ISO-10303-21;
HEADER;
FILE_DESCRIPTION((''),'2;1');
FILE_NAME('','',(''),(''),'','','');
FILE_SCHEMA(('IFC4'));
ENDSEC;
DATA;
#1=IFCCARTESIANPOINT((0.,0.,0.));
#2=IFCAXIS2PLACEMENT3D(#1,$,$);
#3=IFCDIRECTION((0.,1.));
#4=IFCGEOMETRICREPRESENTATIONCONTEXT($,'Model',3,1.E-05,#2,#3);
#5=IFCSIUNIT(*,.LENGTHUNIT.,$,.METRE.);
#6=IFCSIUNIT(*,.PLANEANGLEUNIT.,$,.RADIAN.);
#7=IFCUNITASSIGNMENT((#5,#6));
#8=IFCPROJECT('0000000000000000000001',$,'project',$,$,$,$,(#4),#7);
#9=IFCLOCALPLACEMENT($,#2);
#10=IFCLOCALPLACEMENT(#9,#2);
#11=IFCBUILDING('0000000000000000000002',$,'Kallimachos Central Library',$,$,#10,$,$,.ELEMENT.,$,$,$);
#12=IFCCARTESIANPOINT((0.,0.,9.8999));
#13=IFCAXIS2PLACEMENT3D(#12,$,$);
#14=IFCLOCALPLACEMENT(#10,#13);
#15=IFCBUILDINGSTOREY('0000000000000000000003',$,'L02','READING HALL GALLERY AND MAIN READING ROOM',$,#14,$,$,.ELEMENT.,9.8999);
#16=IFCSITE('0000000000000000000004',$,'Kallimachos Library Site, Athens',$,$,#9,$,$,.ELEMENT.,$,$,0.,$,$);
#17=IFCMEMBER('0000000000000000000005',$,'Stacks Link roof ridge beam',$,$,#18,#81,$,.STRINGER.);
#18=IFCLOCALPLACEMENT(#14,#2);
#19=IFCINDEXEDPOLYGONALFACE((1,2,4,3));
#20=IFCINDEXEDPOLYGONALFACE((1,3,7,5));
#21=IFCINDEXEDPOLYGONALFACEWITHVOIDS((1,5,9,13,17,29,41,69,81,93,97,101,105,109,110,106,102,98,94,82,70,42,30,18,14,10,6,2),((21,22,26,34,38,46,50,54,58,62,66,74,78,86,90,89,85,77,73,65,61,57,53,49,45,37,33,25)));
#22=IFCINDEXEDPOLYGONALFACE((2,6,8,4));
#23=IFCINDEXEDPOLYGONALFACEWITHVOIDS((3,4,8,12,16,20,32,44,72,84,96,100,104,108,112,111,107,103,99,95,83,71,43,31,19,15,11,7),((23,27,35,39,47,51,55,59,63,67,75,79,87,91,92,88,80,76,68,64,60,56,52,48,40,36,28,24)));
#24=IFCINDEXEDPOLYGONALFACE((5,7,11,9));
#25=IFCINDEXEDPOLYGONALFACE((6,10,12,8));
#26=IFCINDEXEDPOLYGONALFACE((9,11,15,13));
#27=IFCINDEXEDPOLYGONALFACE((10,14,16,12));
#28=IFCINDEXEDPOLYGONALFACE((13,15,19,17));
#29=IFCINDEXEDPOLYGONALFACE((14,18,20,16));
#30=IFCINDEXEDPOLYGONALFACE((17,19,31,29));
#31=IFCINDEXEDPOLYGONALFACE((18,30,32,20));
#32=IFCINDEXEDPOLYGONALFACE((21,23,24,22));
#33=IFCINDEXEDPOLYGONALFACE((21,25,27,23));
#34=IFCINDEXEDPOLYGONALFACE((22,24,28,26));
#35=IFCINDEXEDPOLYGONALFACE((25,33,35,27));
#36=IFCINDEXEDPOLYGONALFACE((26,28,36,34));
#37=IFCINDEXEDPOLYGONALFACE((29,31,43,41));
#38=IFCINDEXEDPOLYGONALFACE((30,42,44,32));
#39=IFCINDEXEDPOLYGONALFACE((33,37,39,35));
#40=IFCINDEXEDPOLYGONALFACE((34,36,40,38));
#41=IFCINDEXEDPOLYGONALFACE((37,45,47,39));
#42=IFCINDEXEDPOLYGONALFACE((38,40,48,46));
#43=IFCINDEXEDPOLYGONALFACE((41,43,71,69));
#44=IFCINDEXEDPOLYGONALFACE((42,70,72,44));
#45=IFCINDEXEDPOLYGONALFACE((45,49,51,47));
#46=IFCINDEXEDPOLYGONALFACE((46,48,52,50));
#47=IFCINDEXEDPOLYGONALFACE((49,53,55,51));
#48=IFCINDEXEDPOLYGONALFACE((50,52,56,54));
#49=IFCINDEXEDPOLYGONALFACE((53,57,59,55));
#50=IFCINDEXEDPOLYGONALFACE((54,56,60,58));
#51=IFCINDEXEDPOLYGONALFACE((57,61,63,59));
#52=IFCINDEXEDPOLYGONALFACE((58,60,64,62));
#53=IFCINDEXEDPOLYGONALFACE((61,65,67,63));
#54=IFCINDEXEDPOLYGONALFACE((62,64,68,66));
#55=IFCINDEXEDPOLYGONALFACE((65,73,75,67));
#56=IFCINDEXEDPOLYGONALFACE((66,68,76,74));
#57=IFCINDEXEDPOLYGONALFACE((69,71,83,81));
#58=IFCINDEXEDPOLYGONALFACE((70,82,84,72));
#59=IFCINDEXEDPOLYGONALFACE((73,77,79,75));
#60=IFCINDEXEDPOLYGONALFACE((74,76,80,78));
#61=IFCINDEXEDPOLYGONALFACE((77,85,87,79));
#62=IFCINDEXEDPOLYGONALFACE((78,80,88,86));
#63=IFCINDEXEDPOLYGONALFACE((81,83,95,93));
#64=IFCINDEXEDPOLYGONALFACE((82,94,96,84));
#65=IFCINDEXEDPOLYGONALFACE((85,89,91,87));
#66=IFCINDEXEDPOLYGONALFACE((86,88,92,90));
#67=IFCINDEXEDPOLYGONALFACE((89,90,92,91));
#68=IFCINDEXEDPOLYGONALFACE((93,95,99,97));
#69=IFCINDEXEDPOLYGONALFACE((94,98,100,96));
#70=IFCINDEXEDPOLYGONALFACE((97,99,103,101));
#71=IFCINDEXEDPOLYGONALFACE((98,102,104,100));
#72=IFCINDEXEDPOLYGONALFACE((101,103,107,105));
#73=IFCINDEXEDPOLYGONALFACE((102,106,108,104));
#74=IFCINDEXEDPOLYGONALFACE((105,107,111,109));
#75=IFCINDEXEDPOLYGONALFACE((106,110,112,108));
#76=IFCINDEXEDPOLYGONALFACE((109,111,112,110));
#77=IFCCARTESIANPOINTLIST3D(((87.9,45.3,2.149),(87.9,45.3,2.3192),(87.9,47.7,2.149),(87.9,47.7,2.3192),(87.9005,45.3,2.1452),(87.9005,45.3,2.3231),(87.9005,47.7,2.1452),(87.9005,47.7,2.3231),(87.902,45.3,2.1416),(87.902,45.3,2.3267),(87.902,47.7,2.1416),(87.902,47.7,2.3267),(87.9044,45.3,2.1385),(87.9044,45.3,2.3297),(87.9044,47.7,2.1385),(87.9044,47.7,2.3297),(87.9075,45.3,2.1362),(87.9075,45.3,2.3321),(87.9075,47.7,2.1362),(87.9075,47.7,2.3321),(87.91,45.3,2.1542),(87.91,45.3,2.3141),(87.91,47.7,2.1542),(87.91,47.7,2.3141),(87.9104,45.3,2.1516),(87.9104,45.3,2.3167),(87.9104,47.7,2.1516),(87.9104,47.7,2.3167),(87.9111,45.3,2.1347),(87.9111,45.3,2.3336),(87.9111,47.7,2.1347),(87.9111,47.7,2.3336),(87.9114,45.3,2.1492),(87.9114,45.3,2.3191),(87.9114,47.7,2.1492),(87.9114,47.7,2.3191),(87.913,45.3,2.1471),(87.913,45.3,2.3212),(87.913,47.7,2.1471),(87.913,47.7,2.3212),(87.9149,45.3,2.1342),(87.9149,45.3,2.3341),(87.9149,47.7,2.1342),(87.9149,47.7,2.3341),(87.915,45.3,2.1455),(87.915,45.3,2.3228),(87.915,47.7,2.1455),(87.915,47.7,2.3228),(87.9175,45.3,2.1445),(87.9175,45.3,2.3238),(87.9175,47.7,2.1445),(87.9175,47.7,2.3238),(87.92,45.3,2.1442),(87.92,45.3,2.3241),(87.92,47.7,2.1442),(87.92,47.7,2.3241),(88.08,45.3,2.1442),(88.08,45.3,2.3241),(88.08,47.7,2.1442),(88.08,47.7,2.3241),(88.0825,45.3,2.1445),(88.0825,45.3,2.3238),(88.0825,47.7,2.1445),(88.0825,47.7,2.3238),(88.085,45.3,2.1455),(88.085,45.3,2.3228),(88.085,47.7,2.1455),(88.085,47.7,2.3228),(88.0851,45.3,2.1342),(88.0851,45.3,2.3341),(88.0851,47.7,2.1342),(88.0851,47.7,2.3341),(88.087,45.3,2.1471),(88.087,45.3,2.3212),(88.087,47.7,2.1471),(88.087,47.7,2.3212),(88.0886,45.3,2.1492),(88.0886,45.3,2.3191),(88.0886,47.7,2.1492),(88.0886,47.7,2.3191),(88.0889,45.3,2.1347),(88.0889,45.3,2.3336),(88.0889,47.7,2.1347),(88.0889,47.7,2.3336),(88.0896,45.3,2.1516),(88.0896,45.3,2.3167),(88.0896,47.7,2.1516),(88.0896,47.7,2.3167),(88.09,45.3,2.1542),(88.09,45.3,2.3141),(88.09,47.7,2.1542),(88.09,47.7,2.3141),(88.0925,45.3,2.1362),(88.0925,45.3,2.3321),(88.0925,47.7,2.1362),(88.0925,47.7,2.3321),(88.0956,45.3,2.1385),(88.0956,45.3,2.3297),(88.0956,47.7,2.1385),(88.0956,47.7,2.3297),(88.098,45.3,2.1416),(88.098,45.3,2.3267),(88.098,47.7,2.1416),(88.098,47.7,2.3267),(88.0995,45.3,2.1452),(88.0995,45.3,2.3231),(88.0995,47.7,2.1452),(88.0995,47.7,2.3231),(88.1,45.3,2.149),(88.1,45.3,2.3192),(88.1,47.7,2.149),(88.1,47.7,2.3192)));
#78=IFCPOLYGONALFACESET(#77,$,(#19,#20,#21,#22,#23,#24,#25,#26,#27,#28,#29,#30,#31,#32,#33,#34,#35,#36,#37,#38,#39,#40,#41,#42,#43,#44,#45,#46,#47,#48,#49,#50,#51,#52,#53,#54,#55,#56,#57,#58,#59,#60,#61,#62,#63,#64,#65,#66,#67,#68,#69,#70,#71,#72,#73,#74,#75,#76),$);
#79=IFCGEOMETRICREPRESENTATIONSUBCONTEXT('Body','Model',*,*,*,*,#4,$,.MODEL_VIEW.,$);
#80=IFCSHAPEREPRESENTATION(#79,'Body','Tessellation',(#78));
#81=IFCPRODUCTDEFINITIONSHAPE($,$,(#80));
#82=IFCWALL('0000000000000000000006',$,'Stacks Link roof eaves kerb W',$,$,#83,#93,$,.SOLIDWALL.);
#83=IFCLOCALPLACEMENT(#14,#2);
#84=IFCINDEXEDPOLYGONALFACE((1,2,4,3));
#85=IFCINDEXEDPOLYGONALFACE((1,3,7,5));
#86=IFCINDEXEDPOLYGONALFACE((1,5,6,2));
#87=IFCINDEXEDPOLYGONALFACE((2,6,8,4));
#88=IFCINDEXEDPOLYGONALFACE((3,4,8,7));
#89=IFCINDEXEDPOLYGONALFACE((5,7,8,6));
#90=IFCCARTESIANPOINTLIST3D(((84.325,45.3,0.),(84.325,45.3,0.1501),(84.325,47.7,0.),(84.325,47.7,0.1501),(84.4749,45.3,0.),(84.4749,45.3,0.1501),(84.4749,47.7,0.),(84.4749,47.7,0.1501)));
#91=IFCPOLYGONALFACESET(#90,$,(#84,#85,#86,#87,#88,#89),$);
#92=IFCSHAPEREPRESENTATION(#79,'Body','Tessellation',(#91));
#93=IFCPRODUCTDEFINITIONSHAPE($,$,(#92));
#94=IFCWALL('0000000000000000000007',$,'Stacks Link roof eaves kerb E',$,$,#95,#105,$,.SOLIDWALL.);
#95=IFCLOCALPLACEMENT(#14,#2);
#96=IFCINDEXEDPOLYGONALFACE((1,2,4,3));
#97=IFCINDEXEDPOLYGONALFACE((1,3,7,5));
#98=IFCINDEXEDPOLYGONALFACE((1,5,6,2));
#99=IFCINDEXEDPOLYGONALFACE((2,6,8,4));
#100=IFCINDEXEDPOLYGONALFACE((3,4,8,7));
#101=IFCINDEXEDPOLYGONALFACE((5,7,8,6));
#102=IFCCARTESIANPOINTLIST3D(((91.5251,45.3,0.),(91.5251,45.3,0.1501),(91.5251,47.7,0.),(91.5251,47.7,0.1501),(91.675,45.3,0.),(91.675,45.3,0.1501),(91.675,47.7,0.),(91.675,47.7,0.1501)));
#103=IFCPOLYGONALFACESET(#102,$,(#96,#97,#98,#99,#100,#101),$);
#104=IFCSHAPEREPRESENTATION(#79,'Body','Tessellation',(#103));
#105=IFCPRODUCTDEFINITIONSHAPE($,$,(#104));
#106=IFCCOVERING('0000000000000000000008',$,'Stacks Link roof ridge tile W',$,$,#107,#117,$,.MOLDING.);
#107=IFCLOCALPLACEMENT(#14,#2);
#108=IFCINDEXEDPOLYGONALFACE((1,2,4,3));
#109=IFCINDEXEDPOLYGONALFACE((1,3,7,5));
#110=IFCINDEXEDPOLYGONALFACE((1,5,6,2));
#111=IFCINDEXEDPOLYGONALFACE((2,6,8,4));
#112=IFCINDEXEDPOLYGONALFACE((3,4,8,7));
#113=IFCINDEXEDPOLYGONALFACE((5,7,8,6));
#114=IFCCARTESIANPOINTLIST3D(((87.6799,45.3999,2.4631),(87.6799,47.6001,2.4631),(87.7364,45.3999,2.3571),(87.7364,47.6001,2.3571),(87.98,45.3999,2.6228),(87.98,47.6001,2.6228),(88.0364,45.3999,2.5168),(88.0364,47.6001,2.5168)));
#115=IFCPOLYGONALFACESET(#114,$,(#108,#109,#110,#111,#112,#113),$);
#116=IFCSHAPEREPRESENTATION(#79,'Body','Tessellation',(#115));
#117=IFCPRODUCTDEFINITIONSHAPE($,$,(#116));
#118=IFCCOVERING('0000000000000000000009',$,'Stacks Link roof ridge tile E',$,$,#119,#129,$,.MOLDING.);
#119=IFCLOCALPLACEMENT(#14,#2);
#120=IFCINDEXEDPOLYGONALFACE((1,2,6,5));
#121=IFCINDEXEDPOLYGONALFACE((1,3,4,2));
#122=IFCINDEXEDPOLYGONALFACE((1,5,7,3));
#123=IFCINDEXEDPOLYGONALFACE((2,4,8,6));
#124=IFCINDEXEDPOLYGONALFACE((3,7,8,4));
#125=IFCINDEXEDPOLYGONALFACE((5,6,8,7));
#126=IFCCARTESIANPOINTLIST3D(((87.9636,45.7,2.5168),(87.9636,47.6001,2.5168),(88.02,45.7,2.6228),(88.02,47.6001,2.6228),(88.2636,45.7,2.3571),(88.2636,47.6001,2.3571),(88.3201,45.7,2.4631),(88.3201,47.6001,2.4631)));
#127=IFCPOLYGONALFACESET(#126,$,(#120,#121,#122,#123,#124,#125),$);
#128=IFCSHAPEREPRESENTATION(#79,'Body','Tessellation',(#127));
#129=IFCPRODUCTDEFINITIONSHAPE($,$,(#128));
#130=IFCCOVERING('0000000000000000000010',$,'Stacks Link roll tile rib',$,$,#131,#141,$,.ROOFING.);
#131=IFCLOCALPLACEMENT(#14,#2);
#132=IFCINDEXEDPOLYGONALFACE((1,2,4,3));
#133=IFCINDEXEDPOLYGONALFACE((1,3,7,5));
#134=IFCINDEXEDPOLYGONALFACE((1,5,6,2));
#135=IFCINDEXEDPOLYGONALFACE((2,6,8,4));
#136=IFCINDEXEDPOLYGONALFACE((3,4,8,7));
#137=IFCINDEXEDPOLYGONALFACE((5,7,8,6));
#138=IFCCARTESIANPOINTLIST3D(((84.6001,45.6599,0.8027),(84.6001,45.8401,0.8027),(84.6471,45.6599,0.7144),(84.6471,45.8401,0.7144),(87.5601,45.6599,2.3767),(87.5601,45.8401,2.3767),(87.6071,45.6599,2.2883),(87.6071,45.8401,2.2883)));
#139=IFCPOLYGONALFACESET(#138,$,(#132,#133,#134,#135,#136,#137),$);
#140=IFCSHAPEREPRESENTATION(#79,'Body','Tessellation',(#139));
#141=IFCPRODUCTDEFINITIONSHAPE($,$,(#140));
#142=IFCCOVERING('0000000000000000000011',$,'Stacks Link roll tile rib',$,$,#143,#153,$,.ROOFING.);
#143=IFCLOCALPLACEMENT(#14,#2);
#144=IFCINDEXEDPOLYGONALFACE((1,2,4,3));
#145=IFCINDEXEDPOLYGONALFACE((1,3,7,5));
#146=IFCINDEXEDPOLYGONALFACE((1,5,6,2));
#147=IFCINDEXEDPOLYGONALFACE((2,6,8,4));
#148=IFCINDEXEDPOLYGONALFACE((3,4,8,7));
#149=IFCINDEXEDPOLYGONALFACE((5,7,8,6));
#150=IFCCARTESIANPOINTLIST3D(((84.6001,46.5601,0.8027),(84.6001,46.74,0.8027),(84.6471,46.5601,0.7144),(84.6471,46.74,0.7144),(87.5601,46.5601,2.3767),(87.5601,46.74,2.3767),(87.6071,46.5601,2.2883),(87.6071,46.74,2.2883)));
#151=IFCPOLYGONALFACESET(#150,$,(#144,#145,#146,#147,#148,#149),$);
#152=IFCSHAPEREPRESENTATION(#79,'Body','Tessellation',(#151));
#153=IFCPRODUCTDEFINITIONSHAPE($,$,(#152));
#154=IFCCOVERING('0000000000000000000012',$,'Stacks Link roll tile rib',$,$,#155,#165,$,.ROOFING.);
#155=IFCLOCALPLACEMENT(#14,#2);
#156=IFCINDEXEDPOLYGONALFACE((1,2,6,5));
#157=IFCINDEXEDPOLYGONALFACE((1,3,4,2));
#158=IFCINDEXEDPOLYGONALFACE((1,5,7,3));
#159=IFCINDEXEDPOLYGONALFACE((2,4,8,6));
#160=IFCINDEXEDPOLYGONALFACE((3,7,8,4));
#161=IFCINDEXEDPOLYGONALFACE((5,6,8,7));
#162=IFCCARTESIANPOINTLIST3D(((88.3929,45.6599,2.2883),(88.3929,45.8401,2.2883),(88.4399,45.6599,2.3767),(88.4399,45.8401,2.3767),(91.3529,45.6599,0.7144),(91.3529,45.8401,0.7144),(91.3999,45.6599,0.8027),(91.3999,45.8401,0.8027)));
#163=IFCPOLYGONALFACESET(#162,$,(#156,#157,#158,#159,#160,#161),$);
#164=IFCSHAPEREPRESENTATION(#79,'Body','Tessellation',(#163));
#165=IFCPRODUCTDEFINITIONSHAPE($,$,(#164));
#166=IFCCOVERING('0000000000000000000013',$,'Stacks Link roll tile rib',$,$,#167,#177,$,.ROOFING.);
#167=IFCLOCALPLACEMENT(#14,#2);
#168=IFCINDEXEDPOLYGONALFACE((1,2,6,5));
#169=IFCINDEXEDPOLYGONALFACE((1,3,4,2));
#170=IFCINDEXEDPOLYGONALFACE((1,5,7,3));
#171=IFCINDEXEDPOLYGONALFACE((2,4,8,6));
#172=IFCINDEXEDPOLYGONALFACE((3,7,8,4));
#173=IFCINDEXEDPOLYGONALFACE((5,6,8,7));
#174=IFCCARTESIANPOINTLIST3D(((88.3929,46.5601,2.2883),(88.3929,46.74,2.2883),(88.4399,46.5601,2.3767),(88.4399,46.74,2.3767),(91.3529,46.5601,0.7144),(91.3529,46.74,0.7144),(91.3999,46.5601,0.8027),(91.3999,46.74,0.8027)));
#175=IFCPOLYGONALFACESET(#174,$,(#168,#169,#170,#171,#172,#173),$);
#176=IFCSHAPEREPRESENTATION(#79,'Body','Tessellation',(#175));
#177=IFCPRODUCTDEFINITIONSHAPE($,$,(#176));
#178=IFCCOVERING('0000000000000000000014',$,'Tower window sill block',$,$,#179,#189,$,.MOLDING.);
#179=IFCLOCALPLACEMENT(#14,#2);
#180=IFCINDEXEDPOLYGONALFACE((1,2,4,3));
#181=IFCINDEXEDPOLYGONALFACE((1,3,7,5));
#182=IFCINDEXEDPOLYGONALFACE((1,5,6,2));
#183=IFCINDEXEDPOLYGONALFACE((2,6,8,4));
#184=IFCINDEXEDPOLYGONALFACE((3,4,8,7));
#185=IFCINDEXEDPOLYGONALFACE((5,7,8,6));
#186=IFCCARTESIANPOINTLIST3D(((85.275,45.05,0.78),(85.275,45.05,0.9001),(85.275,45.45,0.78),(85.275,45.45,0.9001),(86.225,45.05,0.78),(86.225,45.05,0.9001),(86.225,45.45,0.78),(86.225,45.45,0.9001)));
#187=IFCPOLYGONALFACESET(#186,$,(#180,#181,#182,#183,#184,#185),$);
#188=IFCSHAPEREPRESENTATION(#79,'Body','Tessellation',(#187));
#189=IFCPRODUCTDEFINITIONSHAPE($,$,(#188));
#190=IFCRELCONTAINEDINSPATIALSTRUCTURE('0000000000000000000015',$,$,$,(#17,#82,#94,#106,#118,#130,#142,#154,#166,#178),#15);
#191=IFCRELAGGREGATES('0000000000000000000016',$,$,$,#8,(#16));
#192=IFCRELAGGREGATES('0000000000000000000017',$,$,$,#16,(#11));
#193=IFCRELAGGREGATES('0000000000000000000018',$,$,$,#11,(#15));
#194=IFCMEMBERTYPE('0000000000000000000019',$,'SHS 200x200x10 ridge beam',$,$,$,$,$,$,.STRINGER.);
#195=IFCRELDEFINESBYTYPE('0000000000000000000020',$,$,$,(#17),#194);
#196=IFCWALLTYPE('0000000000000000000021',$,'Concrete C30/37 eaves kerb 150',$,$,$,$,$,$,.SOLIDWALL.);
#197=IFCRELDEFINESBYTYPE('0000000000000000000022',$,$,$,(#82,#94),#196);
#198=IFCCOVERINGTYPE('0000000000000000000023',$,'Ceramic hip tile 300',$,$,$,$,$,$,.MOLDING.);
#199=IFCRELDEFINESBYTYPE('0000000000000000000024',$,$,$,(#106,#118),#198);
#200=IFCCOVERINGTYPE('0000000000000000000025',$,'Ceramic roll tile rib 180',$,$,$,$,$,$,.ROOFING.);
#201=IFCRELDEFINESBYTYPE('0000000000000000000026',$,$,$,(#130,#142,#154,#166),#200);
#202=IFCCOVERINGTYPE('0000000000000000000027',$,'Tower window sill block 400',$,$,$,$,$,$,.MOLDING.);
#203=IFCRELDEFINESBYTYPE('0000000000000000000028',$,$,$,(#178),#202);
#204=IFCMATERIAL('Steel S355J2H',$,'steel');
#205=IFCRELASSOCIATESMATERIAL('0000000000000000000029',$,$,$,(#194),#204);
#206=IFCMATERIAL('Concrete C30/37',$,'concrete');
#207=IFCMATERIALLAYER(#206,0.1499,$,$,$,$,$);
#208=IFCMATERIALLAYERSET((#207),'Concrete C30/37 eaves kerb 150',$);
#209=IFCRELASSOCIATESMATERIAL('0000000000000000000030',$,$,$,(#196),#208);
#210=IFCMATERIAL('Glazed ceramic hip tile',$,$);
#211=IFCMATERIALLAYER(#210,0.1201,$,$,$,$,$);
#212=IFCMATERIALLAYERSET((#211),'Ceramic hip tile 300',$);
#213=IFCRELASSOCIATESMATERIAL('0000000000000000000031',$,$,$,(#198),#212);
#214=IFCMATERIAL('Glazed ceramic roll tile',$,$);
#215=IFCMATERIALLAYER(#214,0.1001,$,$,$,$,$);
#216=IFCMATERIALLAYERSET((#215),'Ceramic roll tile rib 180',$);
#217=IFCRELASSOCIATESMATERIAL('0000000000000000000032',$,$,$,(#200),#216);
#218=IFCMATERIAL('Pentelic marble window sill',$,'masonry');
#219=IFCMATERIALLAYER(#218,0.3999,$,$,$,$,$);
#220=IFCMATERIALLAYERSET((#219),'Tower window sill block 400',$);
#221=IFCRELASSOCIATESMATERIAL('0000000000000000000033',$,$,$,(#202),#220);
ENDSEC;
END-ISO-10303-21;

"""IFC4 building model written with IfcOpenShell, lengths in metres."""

from ifc_helpers import new_model, si_unit, direction, frame, frame_2d, origin, origin_2d, place, context, subcontext, project, spatial, polyline, rectangle, hollow_rectangle, outline, extrude, material, layer, layer_set, material_profile, profile_set, type_object, element, save


model = new_model("IFC4")

# Units and contexts
model_context = context("Model", 3, precision=1e-05, world=origin(), true_north=direction((0.0, 1.0)))
body_context = subcontext(model_context, "Body", "Model", "MODEL_VIEW")
ifc_project = project(units=[si_unit("LENGTHUNIT", "METRE"), si_unit("PLANEANGLEUNIT", "RADIAN")], contexts=[model_context])

# Site, building, storey
site_placement = place(None, origin())
site = spatial("IfcSite", under=ifc_project, at=site_placement, Name="Kallimachos Library Site, Athens", CompositionType="ELEMENT", RefElevation=0.0)
building_placement = place(site_placement, origin())
building = spatial("IfcBuilding", under=site, at=building_placement, Name="Kallimachos Central Library", CompositionType="ELEMENT")
storey_placement = place(building_placement, frame((0.0, 0.0, 9.8999)))
storey = spatial("IfcBuildingStorey", under=building, at=storey_placement, Name="L02", Description="READING HALL GALLERY AND MAIN READING ROOM", CompositionType="ELEMENT", Elevation=9.8999)

# Member
ifc_material_1 = material(Name="Steel S355J2H", Category="steel")
ifc_material_profile_1 = material_profile(ifc_material_1, hollow_rectangle(XDim=0.2, YDim=0.2, WallThickness=0.01, InnerFilletRadius=0.01, OuterFilletRadius=0.0149, at=origin_2d()), Name="SHS 200x200x10")
ifc_profile_set_1 = profile_set([ifc_material_profile_1], Name="Steel S355J2H")
member_type_1 = type_object("IfcMemberType", Name="SHS 200x200x10 ridge beam", PredefinedType="STRINGER", material=ifc_profile_set_1)
member_placement = place(storey_placement, frame((88.0, 45.3, 2.2341), z_axis=(0.0, 1.0, 0.0), x_axis=(-1.0, 0.0, 0.0)))
element("IfcMember", 1, at=member_placement, inside=storey, type_object=member_type_1, Name="Stacks Link roof ridge beam", PredefinedType="STRINGER", context=body_context, shape_type="SweptSolid", body=[
    extrude(hollow_rectangle(XDim=0.2, YDim=0.2, WallThickness=0.01, InnerFilletRadius=0.01, OuterFilletRadius=0.0149, at=origin_2d()), origin(), (0.0, 0.0, 1.0), 2.3999),
])

# Walls
ifc_material_2 = material(Name="Concrete C30/37", Category="concrete")
ifc_layer_1 = layer(ifc_material_2, 0.1499)
ifc_layer_set_1 = layer_set([ifc_layer_1], Name="Concrete C30/37 eaves kerb 150")
wall_type = type_object("IfcWallType", Name="Concrete C30/37 eaves kerb 150", PredefinedType="SOLIDWALL", material=ifc_layer_set_1)
for number, where, z_axis, x_axis, name in (
    (2, (84.3999, 45.3, 0.0), (0.0, 0.0, 1.0), (0.0, 1.0, 0.0), "Stacks Link roof eaves kerb W"),
    (3, (91.6001, 45.3, 0.0), (0.0, 0.0, 1.0), (0.0, 1.0, 0.0), "Stacks Link roof eaves kerb E"),
):
    element("IfcWall", number, at=place(storey_placement, frame(where, z_axis=z_axis, x_axis=x_axis)), inside=storey, type_object=wall_type, Name=name, PredefinedType="SOLIDWALL", context=body_context, shape_type="SweptSolid", body=[
        extrude(rectangle(XDim=2.3999, YDim=0.1499, at=frame_2d((1.2, 0.0))), origin(), (0.0, 0.0, 1.0), 0.1501),
    ])

# Coverings
ifc_material_3 = material(Name="Glazed ceramic hip tile")
ifc_layer_2 = layer(ifc_material_3, 0.1201)
ifc_layer_set_2 = layer_set([ifc_layer_2], Name="Ceramic hip tile 300")
covering_type_1 = type_object("IfcCoveringType", Name="Ceramic hip tile 300", PredefinedType="MOLDING", material=ifc_layer_set_2)
covering_1_placement = place(storey_placement, frame((87.98, 45.3999, 2.6228), z_axis=(-0.469768, 0.0, 0.88279), x_axis=(-0.88279, 0.0, -0.469768)))
element("IfcCovering", 4, at=covering_1_placement, inside=storey, type_object=covering_type_1, Name="Stacks Link roof ridge tile W", PredefinedType="MOLDING", context=body_context, shape_type="SweptSolid", body=[
    extrude(outline(polyline([(0.0, 0.0), (0.3399, 0.0), (0.3399, -2.2002), (0.0, -2.2002), (0.0, 0.0)])), origin(), (0.0, 0.0, -1.0), 0.1201),
])
covering_2_placement = place(storey_placement, frame((88.02, 45.7, 2.6228), z_axis=(0.469768, 0.0, 0.88279), x_axis=(0.88279, 0.0, -0.469768)))
element("IfcCovering", 5, at=covering_2_placement, inside=storey, type_object=covering_type_1, Name="Stacks Link roof ridge tile E", PredefinedType="MOLDING", context=body_context, shape_type="SweptSolid", body=[
    extrude(outline(polyline([(0.0, 0.0), (0.3399, 0.0), (0.3399, 1.9001), (0.0, 1.9001), (0.0, 0.0)])), origin(), (0.0, 0.0, -1.0), 0.1201),
])
ifc_material_4 = material(Name="Glazed ceramic roll tile")
ifc_layer_3 = layer(ifc_material_4, 0.1001)
ifc_layer_set_3 = layer_set([ifc_layer_3], Name="Ceramic roll tile rib 180")
covering_type_2 = type_object("IfcCoveringType", Name="Ceramic roll tile rib 180", PredefinedType="ROOFING", material=ifc_layer_set_3)
covering_3_placement = place(storey_placement, frame((84.6001, 45.6599, 0.8027), z_axis=(-0.469503, 0.0, 0.882931), x_axis=(0.882931, 0.0, 0.469503)))
element("IfcCovering", 6, at=covering_3_placement, inside=storey, type_object=covering_type_2, Name="Stacks Link roll tile rib", PredefinedType="ROOFING", context=body_context, shape_type="SweptSolid", body=[
    extrude(outline(polyline([(0.0, 0.0), (3.3524, 0.0), (3.3524, 0.1802), (0.0, 0.1802), (0.0, 0.0)])), origin(), (0.0, 0.0, -1.0), 0.1001),
])
covering_4_placement = place(storey_placement, frame((84.6001, 46.5601, 0.8027), z_axis=(-0.469503, 0.0, 0.882931), x_axis=(0.882931, 0.0, 0.469503)))
element("IfcCovering", 7, at=covering_4_placement, inside=storey, type_object=covering_type_2, Name="Stacks Link roll tile rib", PredefinedType="ROOFING", context=body_context, shape_type="SweptSolid", body=[
    extrude(outline(polyline([(0.0, 0.0), (3.3524, 0.0), (3.3524, 0.1799), (0.0, 0.1799), (0.0, 0.0)])), origin(), (0.0, 0.0, -1.0), 0.1001),
])
covering_5_placement = place(storey_placement, frame((91.3999, 45.6599, 0.8027), z_axis=(0.469503, 0.0, 0.882931), x_axis=(-0.882931, 0.0, 0.469503)))
element("IfcCovering", 8, at=covering_5_placement, inside=storey, type_object=covering_type_2, Name="Stacks Link roll tile rib", PredefinedType="ROOFING", context=body_context, shape_type="SweptSolid", body=[
    extrude(outline(polyline([(0.0, 0.0), (3.3524, 0.0), (3.3524, -0.1802), (0.0, -0.1802), (0.0, 0.0)])), origin(), (0.0, 0.0, -1.0), 0.1001),
])
covering_6_placement = place(storey_placement, frame((91.3999, 46.5601, 0.8027), z_axis=(0.469503, 0.0, 0.882931), x_axis=(-0.882931, 0.0, 0.469503)))
element("IfcCovering", 9, at=covering_6_placement, inside=storey, type_object=covering_type_2, Name="Stacks Link roll tile rib", PredefinedType="ROOFING", context=body_context, shape_type="SweptSolid", body=[
    extrude(outline(polyline([(0.0, 0.0), (3.3524, 0.0), (3.3524, -0.1799), (0.0, -0.1799), (0.0, 0.0)])), origin(), (0.0, 0.0, -1.0), 0.1001),
])
ifc_material_5 = material(Name="Pentelic marble window sill", Category="masonry")
ifc_layer_4 = layer(ifc_material_5, 0.3999)
ifc_layer_set_4 = layer_set([ifc_layer_4], Name="Tower window sill block 400")
covering_type_3 = type_object("IfcCoveringType", Name="Tower window sill block 400", PredefinedType="MOLDING", material=ifc_layer_set_4)
for number, where, z_axis, x_axis, name in (
    (10, (85.75, 45.25, 0.78), (0.0, 0.0, 1.0), (1.0, 0.0, 0.0), "Tower window sill block"),
):
    element("IfcCovering", number, at=place(storey_placement, frame(where, z_axis=z_axis, x_axis=x_axis)), inside=storey, type_object=covering_type_3, Name=name, PredefinedType="MOLDING", context=body_context, shape_type="SweptSolid", body=[
        extrude(rectangle(XDim=0.95, YDim=0.3999, at=origin_2d()), origin(), (0.0, 0.0, 1.0), 0.1201),
    ])

save(model, "model.ifc")
